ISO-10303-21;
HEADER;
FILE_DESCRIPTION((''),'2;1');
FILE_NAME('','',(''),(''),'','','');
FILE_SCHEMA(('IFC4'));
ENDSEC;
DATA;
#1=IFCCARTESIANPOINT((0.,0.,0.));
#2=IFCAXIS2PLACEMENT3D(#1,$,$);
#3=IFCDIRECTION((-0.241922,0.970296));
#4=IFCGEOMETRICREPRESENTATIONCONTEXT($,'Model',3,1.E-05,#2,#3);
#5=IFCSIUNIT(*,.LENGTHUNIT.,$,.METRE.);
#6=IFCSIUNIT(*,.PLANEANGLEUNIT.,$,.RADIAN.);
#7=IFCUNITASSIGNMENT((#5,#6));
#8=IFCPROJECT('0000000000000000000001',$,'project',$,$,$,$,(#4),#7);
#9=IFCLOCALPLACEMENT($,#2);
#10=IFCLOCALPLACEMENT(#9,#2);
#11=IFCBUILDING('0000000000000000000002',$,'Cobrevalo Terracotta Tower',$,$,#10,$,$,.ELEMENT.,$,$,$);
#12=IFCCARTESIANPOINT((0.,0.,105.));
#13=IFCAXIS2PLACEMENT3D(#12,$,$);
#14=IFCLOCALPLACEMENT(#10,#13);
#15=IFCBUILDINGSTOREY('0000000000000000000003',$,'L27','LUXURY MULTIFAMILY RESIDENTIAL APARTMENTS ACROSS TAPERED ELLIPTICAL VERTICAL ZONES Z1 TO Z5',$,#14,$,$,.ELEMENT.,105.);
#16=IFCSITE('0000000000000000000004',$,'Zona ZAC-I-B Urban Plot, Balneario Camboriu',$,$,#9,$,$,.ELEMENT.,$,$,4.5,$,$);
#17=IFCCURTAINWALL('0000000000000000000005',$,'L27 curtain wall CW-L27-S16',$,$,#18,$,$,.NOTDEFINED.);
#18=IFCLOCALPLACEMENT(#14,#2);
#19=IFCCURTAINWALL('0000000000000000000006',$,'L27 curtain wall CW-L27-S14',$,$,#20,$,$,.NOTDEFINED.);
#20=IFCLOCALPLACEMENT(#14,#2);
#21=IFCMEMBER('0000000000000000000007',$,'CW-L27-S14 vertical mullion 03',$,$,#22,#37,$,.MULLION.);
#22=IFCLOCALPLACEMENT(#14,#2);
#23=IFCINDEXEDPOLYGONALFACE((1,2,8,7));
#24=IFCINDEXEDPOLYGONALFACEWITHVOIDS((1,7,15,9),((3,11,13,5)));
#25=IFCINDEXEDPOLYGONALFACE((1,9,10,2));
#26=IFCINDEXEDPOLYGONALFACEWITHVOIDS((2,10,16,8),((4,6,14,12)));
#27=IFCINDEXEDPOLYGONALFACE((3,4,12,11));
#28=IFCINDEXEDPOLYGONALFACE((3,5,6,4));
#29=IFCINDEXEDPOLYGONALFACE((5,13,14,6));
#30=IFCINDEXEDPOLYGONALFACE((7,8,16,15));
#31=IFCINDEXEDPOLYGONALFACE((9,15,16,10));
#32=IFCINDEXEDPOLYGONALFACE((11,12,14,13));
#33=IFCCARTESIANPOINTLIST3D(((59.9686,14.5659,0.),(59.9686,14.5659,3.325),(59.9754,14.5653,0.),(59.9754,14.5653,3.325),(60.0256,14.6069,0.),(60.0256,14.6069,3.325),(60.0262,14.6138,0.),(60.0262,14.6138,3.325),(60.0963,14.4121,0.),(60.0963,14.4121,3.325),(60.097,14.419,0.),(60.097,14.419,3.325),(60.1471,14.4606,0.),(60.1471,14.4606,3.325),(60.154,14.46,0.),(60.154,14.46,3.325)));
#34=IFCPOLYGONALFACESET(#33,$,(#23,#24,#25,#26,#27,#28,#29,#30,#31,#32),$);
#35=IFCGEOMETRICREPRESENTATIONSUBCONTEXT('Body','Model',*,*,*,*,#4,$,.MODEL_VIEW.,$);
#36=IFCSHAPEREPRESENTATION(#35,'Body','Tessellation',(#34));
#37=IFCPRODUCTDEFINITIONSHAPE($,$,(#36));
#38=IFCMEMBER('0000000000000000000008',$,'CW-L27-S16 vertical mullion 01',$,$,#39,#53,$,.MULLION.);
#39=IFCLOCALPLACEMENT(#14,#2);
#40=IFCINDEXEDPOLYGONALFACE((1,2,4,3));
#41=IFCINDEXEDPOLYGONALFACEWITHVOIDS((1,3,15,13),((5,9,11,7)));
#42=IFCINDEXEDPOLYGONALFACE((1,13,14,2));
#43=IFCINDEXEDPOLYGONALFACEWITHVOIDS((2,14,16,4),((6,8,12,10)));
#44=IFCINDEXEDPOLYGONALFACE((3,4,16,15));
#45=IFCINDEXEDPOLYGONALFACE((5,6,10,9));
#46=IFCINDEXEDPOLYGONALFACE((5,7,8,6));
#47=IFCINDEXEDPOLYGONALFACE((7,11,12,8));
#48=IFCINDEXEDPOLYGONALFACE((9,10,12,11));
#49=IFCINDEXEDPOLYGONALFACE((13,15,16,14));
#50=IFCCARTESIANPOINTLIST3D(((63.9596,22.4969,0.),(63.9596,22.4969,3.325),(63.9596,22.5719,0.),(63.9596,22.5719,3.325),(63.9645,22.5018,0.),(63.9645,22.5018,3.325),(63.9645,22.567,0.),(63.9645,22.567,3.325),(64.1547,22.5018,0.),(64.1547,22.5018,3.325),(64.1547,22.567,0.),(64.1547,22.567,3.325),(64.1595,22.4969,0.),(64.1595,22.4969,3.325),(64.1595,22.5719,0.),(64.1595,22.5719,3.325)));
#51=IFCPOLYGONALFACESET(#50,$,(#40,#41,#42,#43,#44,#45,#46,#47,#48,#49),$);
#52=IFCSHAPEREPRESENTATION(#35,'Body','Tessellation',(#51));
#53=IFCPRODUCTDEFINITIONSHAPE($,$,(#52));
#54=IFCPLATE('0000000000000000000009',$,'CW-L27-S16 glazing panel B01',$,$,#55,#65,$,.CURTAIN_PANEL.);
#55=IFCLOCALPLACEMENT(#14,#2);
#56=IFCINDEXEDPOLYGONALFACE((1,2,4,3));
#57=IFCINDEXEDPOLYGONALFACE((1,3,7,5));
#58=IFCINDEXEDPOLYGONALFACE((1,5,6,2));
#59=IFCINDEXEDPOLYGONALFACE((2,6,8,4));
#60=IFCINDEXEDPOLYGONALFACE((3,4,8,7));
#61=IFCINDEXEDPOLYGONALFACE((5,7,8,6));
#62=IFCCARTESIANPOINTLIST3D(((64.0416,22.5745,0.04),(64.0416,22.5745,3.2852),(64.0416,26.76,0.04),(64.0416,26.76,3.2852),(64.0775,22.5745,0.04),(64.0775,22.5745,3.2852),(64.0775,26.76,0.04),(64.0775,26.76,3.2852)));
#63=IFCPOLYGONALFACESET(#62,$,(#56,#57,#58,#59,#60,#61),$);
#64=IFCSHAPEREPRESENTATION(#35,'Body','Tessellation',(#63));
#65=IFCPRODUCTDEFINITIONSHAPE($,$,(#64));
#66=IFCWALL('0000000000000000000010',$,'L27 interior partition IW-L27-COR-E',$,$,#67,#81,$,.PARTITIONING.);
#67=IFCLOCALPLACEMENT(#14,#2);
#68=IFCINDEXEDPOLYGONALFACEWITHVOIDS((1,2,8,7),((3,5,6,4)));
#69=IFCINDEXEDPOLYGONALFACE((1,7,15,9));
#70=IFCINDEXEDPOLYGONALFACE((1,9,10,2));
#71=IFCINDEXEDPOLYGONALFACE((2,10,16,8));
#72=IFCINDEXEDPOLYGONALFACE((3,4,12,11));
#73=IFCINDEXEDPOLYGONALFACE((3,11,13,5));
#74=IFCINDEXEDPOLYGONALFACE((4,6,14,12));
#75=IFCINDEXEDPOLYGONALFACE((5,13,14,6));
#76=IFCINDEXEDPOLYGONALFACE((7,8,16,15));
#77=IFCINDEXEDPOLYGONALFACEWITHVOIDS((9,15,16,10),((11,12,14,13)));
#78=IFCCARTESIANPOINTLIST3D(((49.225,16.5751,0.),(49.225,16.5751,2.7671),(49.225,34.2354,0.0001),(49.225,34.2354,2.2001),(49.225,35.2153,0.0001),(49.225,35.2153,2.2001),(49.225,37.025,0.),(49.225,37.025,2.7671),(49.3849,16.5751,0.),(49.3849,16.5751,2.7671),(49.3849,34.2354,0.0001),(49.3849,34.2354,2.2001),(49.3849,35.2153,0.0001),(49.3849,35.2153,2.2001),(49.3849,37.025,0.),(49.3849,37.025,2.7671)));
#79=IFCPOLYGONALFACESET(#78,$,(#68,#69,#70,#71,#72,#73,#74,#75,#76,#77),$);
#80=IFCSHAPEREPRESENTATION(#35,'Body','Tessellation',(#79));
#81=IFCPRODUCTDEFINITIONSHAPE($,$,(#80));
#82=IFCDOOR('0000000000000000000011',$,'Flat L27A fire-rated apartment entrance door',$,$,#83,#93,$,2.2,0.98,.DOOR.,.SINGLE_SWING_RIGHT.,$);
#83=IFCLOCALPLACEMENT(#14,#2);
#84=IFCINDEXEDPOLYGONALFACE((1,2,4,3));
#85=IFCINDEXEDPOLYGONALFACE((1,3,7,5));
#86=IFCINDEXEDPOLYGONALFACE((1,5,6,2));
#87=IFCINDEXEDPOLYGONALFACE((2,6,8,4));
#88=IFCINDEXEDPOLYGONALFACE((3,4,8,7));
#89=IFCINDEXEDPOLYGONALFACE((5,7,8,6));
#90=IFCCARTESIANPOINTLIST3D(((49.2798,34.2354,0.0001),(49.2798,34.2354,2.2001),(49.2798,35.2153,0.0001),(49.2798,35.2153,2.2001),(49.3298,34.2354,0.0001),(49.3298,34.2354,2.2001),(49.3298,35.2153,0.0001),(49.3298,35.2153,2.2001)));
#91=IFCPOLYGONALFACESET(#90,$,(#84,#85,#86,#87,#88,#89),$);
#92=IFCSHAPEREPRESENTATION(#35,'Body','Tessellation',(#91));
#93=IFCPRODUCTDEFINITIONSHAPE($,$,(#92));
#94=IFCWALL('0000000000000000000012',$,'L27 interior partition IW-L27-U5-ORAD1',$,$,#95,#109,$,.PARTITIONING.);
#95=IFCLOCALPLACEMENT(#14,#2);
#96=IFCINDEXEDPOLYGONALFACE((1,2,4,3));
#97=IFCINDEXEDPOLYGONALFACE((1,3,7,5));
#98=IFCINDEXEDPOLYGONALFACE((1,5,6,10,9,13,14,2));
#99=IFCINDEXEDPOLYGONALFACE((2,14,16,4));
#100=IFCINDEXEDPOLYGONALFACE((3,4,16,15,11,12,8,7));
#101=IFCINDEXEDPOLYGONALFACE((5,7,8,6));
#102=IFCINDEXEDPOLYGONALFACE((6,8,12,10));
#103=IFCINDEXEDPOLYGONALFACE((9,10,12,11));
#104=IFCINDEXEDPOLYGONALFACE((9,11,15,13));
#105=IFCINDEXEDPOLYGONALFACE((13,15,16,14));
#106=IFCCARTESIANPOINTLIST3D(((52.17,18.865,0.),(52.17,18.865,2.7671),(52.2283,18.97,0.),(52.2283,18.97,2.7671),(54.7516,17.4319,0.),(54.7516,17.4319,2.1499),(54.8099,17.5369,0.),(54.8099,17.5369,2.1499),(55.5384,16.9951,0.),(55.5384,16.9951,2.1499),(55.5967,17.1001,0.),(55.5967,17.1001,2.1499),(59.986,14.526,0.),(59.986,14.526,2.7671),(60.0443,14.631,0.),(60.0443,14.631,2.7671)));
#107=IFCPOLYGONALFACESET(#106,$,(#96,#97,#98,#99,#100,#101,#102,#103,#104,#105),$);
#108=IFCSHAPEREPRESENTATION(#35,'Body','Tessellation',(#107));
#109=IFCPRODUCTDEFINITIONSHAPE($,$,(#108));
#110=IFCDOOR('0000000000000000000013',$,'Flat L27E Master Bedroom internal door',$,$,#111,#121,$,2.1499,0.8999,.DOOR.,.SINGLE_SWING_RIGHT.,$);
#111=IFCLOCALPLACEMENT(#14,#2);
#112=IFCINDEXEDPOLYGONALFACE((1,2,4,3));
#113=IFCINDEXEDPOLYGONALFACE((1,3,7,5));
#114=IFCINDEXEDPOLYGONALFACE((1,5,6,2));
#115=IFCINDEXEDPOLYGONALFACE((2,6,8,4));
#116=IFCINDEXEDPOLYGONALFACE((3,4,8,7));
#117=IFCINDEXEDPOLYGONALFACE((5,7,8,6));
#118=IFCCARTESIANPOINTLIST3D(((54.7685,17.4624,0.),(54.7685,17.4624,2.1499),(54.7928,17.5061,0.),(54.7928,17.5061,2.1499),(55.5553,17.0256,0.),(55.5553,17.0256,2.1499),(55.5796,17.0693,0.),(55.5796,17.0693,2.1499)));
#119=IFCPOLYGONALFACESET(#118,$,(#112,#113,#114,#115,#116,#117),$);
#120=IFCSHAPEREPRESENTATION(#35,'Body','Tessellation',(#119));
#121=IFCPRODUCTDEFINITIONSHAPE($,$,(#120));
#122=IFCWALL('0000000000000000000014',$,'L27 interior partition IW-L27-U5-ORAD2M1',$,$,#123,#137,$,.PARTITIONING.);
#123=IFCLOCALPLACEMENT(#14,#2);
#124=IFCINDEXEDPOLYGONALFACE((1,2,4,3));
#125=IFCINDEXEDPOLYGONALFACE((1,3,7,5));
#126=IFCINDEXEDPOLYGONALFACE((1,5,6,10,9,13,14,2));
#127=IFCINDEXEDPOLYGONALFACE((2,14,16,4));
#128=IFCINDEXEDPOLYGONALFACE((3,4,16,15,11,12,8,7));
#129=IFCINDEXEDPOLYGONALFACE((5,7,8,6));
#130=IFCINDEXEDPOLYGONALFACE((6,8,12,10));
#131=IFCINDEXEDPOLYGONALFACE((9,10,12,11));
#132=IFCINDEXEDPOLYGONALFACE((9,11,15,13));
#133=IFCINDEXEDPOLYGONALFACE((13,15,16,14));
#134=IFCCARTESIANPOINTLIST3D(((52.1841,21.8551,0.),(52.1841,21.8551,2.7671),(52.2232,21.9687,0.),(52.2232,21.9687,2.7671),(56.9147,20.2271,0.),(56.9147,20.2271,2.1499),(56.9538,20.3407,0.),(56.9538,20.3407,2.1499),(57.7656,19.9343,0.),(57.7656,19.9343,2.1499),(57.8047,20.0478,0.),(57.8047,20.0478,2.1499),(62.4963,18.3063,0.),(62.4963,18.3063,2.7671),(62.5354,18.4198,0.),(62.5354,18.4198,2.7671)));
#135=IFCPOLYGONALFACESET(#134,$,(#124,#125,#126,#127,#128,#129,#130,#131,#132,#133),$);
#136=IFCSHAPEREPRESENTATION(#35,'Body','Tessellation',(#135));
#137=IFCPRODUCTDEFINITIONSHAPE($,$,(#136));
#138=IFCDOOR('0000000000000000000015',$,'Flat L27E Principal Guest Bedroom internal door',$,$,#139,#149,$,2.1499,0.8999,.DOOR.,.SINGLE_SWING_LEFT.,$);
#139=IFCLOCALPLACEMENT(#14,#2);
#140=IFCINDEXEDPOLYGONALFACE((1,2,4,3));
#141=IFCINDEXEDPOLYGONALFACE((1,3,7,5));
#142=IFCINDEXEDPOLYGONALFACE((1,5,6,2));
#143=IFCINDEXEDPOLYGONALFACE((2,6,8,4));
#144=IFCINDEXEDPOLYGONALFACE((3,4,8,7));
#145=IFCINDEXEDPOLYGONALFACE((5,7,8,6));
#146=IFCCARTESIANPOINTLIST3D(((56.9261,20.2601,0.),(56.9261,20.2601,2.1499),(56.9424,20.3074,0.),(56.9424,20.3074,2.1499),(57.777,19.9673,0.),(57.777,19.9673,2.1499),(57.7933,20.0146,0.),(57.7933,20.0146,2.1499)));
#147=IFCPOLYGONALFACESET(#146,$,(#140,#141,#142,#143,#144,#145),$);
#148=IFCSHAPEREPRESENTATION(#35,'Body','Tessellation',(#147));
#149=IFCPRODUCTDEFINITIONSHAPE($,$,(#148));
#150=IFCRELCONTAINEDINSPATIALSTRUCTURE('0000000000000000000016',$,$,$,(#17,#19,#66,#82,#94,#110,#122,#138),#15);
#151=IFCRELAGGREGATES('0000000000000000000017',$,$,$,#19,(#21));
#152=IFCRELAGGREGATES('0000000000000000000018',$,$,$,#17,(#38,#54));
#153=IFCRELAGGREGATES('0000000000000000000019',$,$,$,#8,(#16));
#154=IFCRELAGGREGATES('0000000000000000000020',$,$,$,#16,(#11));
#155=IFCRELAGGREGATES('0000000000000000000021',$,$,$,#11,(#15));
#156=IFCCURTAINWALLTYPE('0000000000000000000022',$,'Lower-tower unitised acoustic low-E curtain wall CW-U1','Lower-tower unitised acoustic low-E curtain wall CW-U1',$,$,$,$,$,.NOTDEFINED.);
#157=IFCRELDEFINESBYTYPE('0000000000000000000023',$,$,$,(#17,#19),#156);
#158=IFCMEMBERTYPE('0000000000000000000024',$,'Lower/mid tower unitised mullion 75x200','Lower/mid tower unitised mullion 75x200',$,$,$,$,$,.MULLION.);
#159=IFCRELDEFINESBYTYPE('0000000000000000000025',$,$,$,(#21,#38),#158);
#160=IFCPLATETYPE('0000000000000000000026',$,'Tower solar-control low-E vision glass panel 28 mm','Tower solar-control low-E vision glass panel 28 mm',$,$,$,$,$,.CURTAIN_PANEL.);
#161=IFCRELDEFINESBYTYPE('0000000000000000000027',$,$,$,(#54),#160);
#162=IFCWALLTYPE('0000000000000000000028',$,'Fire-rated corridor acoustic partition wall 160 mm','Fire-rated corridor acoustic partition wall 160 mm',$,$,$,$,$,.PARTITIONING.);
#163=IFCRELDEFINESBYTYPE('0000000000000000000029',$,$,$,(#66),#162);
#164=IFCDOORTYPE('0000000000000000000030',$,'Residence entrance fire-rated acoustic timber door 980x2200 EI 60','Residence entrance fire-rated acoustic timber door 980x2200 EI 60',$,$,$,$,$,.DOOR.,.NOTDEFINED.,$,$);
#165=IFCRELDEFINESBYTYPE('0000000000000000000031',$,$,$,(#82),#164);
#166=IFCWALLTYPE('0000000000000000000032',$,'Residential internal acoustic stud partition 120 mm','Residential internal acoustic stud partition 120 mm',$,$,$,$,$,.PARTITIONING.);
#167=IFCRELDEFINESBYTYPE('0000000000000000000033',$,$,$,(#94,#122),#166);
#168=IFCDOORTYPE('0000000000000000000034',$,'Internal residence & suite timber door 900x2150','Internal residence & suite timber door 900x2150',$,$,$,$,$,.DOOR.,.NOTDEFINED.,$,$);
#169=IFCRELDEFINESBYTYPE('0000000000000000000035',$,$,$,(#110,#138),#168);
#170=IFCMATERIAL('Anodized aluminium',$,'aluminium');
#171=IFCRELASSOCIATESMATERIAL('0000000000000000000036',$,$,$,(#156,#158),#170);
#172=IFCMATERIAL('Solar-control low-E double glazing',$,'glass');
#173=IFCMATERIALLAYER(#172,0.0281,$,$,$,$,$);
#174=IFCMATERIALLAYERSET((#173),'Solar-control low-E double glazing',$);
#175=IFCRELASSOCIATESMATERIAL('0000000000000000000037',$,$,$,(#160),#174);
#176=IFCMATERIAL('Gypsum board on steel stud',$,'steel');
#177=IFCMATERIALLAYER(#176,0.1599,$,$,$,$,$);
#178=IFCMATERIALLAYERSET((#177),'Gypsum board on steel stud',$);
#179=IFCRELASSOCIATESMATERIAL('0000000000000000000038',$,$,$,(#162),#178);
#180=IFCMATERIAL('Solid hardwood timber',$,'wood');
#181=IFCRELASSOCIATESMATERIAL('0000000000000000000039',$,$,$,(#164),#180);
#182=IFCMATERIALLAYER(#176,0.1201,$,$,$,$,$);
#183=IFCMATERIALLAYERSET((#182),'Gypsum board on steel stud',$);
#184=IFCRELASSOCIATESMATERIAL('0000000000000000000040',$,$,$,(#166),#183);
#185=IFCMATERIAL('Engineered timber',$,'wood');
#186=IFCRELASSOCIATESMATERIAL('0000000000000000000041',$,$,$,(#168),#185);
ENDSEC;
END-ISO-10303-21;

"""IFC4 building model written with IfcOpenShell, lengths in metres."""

from ifc_helpers import new_model, si_unit, direction, frame, frame_2d, origin, origin_2d, place, context, subcontext, project, spatial, rectangle, hollow_rectangle, extrude, source, transform, mapped, material, layer, layer_set, material_profile, profile_set, type_object, element, fill, aggregate, save


model = new_model("IFC4")

# Units and contexts
model_context = context("Model", 3, precision=1e-05, world=origin(), true_north=direction((-0.241922, 0.970296)))
body_context = subcontext(model_context, "Body", "Model", "MODEL_VIEW")
ifc_project = project(units=[si_unit("LENGTHUNIT", "METRE"), si_unit("PLANEANGLEUNIT", "RADIAN")], contexts=[model_context])

# Site, building, storey
site_placement = place(None, origin())
site = spatial("IfcSite", under=ifc_project, at=site_placement, Name="Zona ZAC-I-B Urban Plot, Balneario Camboriu", CompositionType="ELEMENT", RefElevation=4.5)
building_placement = place(site_placement, origin())
building = spatial("IfcBuilding", under=site, at=building_placement, Name="Cobrevalo Terracotta Tower", CompositionType="ELEMENT")
storey_placement = place(building_placement, frame((0.0, 0.0, 105.0)))
storey = spatial("IfcBuildingStorey", under=building, at=storey_placement, Name="L27", Description="LUXURY MULTIFAMILY RESIDENTIAL APARTMENTS ACROSS TAPERED ELLIPTICAL VERTICAL ZONES Z1 TO Z5", CompositionType="ELEMENT", Elevation=105.0)

# Curtain wall
ifc_material_1 = material(Name="Anodized aluminium", Category="aluminium")
curtain_wall_type = type_object("IfcCurtainWallType", Name="Lower-tower unitised acoustic low-E curtain wall CW-U1", Description="Lower-tower unitised acoustic low-E curtain wall CW-U1", PredefinedType="NOTDEFINED", material=ifc_material_1)
curtain_wall_1_placement = place(storey_placement, origin())
curtain_wall_1 = element("IfcCurtainWall", 1, at=curtain_wall_1_placement, inside=storey, type_object=curtain_wall_type, Name="L27 curtain wall CW-L27-S16", PredefinedType="NOTDEFINED")

# Curtain wall, member
curtain_wall_2_placement = place(storey_placement, origin())
curtain_wall_2 = element("IfcCurtainWall", 2, at=curtain_wall_2_placement, inside=storey, type_object=curtain_wall_type, Name="L27 curtain wall CW-L27-S14", PredefinedType="NOTDEFINED")
ifc_material_profile_1 = material_profile(ifc_material_1, hollow_rectangle(XDim=0.075, YDim=0.2, WallThickness=0.0049, at=origin_2d()), Name="CWM 75x200")
ifc_profile_set_1 = profile_set([ifc_material_profile_1], Name="Anodized aluminium")
member_type_1 = type_object("IfcMemberType", Name="Lower/mid tower unitised mullion 75x200", Description="Lower/mid tower unitised mullion 75x200", PredefinedType="MULLION", material=ifc_profile_set_1)
shared_shape_1 = source(origin(), body_context, "Body", "SweptSolid", [
    extrude(hollow_rectangle(XDim=0.075, YDim=0.2, WallThickness=0.0049, at=origin_2d()), origin(), (0.0, 0.0, 1.0), 3.325),
])
member_1_placement = place(storey_placement, frame((60.0613, 14.5129, 0.0), z_axis=(0.0, 0.0, 1.0), x_axis=(0.769243, 0.638956, 0.0)))
member_1 = element("IfcMember", 3, at=member_1_placement, type_object=member_type_1, Name="CW-L27-S14 vertical mullion 03", PredefinedType="MULLION", context=body_context, shape_type="MappedRepresentation", body=[
    mapped(shared_shape_1, transform((0.0, 0.0, 0.0), scale=1.0)),
])
aggregate(curtain_wall_2, [member_1])

# Member
member_2_placement = place(storey_placement, frame((64.0596, 22.5344, 0.0), z_axis=(0.0, 0.0, 1.0), x_axis=(0.0, 1.0, 0.0)))
member_2 = element("IfcMember", 4, at=member_2_placement, type_object=member_type_1, Name="CW-L27-S16 vertical mullion 01", PredefinedType="MULLION", context=body_context, shape_type="MappedRepresentation", body=[
    mapped(shared_shape_1, transform((0.0, 0.0, 0.0), scale=1.0)),
])

# Plate
ifc_material_2 = material(Name="Solar-control low-E double glazing", Category="glass")
ifc_layer_1 = layer(ifc_material_2, 0.0281)
ifc_layer_set_1 = layer_set([ifc_layer_1], Name="Solar-control low-E double glazing")
plate_type = type_object("IfcPlateType", Name="Tower solar-control low-E vision glass panel 28 mm", Description="Tower solar-control low-E vision glass panel 28 mm", PredefinedType="CURTAIN_PANEL", material=ifc_layer_set_1)
shared_shape_2 = source(origin(), body_context, "Body", "SweptSolid", [
    extrude(rectangle(XDim=4.1855, YDim=0.0359, at=origin_2d()), origin(), (0.0, 0.0, 1.0), 3.2451),
])
plate_placement = place(storey_placement, frame((64.0596, 24.6672, 0.04), z_axis=(0.0, 0.0, 1.0), x_axis=(0.0, 1.0, 0.0)))
plate = element("IfcPlate", 5, at=plate_placement, type_object=plate_type, Name="CW-L27-S16 glazing panel B01", PredefinedType="CURTAIN_PANEL", context=body_context, shape_type="MappedRepresentation", body=[
    mapped(shared_shape_2, transform((0.0, 0.0, 0.0), scale=1.0)),
])
aggregate(curtain_wall_1, [member_2, plate])

# Walls, openings, doors
ifc_material_3 = material(Name="Gypsum board on steel stud", Category="steel")
ifc_layer_2 = layer(ifc_material_3, 0.1599)
ifc_layer_set_2 = layer_set([ifc_layer_2], Name="Gypsum board on steel stud")
wall_type_1 = type_object("IfcWallType", Name="Fire-rated corridor acoustic partition wall 160 mm", Description="Fire-rated corridor acoustic partition wall 160 mm", PredefinedType="PARTITIONING", material=ifc_layer_set_2)
wall_1_placement = place(storey_placement, frame((49.3049, 16.575, 0.0), z_axis=(0.0, 0.0, 1.0), x_axis=(0.0, 1.0, 0.0)))
wall_1 = element("IfcWall", 6, at=wall_1_placement, inside=storey, type_object=wall_type_1, Name="L27 interior partition IW-L27-COR-E", PredefinedType="PARTITIONING", context=body_context, shape_type="SweptSolid", body=[
    extrude(rectangle(XDim=20.45, YDim=0.1599, at=frame_2d((10.2251, 0.0))), origin(), (0.0, 0.0, 1.0), 2.7671),
])
opening_1_placement = place(wall_1_placement, frame((17.6604, 0.0, 0.0)))
opening_1 = element("IfcOpeningElement", 7, at=opening_1_placement, cuts=wall_1, PredefinedType="OPENING", context=body_context, shape_type="SweptSolid", body=[
    extrude(rectangle(XDim=0.98, YDim=2.2, at=frame_2d((0.49, 1.1001))), frame((0.0, 0.0898, 0.0), z_axis=(0.0, -1.0, 0.0), x_axis=(1.0, 0.0, 0.0)), (0.0, 0.0, 1.0), 0.1799),
])
ifc_material_4 = material(Name="Solid hardwood timber", Category="wood")
door_type_1 = type_object("IfcDoorType", Name="Residence entrance fire-rated acoustic timber door 980x2200 EI 60", Description="Residence entrance fire-rated acoustic timber door 980x2200 EI 60", OperationType="NOTDEFINED", PredefinedType="DOOR", material=ifc_material_4)
shared_shape_3 = source(origin(), body_context, "Body", "SweptSolid", [
    extrude(rectangle(XDim=0.98, YDim=2.2, at=frame_2d((0.49, 1.1001))), frame((0.0, 0.0249, 0.0), z_axis=(0.0, -1.0, 0.0), x_axis=(1.0, 0.0, 0.0)), (0.0, 0.0, 1.0), 0.05),
])
door_1_placement = place(opening_1_placement, frame((0.98, 0.0, 0.0), z_axis=(0.0, 0.0, 1.0), x_axis=(-1.0, 0.0, 0.0)))
door_1 = element("IfcDoor", 8, at=door_1_placement, inside=storey, type_object=door_type_1, Name="Flat L27A fire-rated apartment entrance door", OperationType="SINGLE_SWING_RIGHT", OverallHeight=2.2, OverallWidth=0.98, PredefinedType="DOOR", context=body_context, shape_type="MappedRepresentation", body=[
    mapped(shared_shape_3, transform((0.0, 0.0, 0.0), scale=1.0)),
])
fill(opening_1, door_1)
ifc_layer_3 = layer(ifc_material_3, 0.1201)
ifc_layer_set_3 = layer_set([ifc_layer_3], Name="Gypsum board on steel stud")
wall_type_2 = type_object("IfcWallType", Name="Residential internal acoustic stud partition 120 mm", Description="Residential internal acoustic stud partition 120 mm", PredefinedType="PARTITIONING", material=ifc_layer_set_3)
wall_2_placement = place(storey_placement, frame((52.1992, 18.9175, 0.0), z_axis=(0.0, 0.0, 1.0), x_axis=(0.874309, -0.485369, 0.0)))
wall_2 = element("IfcWall", 9, at=wall_2_placement, inside=storey, type_object=wall_type_2, Name="L27 interior partition IW-L27-U5-ORAD1", PredefinedType="PARTITIONING", context=body_context, shape_type="SweptSolid", body=[
    extrude(rectangle(XDim=8.9397, YDim=0.1201, at=frame_2d((4.4697, 0.0))), origin(), (0.0, 0.0, 1.0), 2.7671),
])
opening_2_placement = place(wall_2_placement, frame((2.9526, 0.0, 0.0)))
opening_2 = element("IfcOpeningElement", 10, at=opening_2_placement, cuts=wall_2, PredefinedType="OPENING", context=body_context, shape_type="SweptSolid", body=[
    extrude(rectangle(XDim=0.8999, YDim=2.1499, at=frame_2d((0.45, 1.075))), frame((0.0, 0.0701, 0.0), z_axis=(0.0, -1.0, 0.0), x_axis=(1.0, 0.0, 0.0)), (0.0, 0.0, 1.0), 0.1401),
])
ifc_material_5 = material(Name="Engineered timber", Category="wood")
door_type_2 = type_object("IfcDoorType", Name="Internal residence & suite timber door 900x2150", Description="Internal residence & suite timber door 900x2150", OperationType="NOTDEFINED", PredefinedType="DOOR", material=ifc_material_5)
shared_shape_4 = source(origin(), body_context, "Body", "SweptSolid", [
    extrude(rectangle(XDim=0.8999, YDim=2.1499, at=frame_2d((0.45, 1.075))), frame((0.0, 0.0249, 0.0), z_axis=(0.0, -1.0, 0.0), x_axis=(1.0, 0.0, 0.0)), (0.0, 0.0, 1.0), 0.05),
])
door_2_placement = place(opening_2_placement, origin())
door_2 = element("IfcDoor", 11, at=door_2_placement, inside=storey, type_object=door_type_2, Name="Flat L27E Master Bedroom internal door", OperationType="SINGLE_SWING_RIGHT", OverallHeight=2.1499, OverallWidth=0.8999, PredefinedType="DOOR", context=body_context, shape_type="MappedRepresentation", body=[
    mapped(shared_shape_4, transform((0.0, 0.0, 0.0), scale=1.0)),
])
fill(opening_2, door_2)
wall_3_placement = place(storey_placement, frame((52.2036, 21.9119, 0.0), z_axis=(0.0, 0.0, 1.0), x_axis=(0.945574, -0.325407, 0.0)))
wall_3 = element("IfcWall", 12, at=wall_3_placement, inside=storey, type_object=wall_type_2, Name="L27 interior partition IW-L27-U5-ORAD2M1", PredefinedType="PARTITIONING", context=body_context, shape_type="SweptSolid", body=[
    extrude(rectangle(XDim=10.9058, YDim=0.1201, at=frame_2d((5.4529, 0.0))), origin(), (0.0, 0.0, 1.0), 2.7671),
])
opening_3_placement = place(wall_3_placement, frame((5.0029, 0.0, 0.0)))
opening_3 = element("IfcOpeningElement", 13, at=opening_3_placement, cuts=wall_3, PredefinedType="OPENING", context=body_context, shape_type="SweptSolid", body=[
    extrude(rectangle(XDim=0.8999, YDim=2.1499, at=frame_2d((0.45, 1.075))), frame((0.0, 0.0701, 0.0), z_axis=(0.0, -1.0, 0.0), x_axis=(1.0, 0.0, 0.0)), (0.0, 0.0, 1.0), 0.1401),
])
door_3_placement = place(opening_3_placement, origin())
door_3 = element("IfcDoor", 14, at=door_3_placement, inside=storey, type_object=door_type_2, Name="Flat L27E Principal Guest Bedroom internal door", OperationType="SINGLE_SWING_LEFT", OverallHeight=2.1499, OverallWidth=0.8999, PredefinedType="DOOR", context=body_context, shape_type="MappedRepresentation", body=[
    mapped(shared_shape_4, transform((0.0, 0.0, 0.0), scale=1.0)),
])
fill(opening_3, door_3)

save(model, "model.ifc")
